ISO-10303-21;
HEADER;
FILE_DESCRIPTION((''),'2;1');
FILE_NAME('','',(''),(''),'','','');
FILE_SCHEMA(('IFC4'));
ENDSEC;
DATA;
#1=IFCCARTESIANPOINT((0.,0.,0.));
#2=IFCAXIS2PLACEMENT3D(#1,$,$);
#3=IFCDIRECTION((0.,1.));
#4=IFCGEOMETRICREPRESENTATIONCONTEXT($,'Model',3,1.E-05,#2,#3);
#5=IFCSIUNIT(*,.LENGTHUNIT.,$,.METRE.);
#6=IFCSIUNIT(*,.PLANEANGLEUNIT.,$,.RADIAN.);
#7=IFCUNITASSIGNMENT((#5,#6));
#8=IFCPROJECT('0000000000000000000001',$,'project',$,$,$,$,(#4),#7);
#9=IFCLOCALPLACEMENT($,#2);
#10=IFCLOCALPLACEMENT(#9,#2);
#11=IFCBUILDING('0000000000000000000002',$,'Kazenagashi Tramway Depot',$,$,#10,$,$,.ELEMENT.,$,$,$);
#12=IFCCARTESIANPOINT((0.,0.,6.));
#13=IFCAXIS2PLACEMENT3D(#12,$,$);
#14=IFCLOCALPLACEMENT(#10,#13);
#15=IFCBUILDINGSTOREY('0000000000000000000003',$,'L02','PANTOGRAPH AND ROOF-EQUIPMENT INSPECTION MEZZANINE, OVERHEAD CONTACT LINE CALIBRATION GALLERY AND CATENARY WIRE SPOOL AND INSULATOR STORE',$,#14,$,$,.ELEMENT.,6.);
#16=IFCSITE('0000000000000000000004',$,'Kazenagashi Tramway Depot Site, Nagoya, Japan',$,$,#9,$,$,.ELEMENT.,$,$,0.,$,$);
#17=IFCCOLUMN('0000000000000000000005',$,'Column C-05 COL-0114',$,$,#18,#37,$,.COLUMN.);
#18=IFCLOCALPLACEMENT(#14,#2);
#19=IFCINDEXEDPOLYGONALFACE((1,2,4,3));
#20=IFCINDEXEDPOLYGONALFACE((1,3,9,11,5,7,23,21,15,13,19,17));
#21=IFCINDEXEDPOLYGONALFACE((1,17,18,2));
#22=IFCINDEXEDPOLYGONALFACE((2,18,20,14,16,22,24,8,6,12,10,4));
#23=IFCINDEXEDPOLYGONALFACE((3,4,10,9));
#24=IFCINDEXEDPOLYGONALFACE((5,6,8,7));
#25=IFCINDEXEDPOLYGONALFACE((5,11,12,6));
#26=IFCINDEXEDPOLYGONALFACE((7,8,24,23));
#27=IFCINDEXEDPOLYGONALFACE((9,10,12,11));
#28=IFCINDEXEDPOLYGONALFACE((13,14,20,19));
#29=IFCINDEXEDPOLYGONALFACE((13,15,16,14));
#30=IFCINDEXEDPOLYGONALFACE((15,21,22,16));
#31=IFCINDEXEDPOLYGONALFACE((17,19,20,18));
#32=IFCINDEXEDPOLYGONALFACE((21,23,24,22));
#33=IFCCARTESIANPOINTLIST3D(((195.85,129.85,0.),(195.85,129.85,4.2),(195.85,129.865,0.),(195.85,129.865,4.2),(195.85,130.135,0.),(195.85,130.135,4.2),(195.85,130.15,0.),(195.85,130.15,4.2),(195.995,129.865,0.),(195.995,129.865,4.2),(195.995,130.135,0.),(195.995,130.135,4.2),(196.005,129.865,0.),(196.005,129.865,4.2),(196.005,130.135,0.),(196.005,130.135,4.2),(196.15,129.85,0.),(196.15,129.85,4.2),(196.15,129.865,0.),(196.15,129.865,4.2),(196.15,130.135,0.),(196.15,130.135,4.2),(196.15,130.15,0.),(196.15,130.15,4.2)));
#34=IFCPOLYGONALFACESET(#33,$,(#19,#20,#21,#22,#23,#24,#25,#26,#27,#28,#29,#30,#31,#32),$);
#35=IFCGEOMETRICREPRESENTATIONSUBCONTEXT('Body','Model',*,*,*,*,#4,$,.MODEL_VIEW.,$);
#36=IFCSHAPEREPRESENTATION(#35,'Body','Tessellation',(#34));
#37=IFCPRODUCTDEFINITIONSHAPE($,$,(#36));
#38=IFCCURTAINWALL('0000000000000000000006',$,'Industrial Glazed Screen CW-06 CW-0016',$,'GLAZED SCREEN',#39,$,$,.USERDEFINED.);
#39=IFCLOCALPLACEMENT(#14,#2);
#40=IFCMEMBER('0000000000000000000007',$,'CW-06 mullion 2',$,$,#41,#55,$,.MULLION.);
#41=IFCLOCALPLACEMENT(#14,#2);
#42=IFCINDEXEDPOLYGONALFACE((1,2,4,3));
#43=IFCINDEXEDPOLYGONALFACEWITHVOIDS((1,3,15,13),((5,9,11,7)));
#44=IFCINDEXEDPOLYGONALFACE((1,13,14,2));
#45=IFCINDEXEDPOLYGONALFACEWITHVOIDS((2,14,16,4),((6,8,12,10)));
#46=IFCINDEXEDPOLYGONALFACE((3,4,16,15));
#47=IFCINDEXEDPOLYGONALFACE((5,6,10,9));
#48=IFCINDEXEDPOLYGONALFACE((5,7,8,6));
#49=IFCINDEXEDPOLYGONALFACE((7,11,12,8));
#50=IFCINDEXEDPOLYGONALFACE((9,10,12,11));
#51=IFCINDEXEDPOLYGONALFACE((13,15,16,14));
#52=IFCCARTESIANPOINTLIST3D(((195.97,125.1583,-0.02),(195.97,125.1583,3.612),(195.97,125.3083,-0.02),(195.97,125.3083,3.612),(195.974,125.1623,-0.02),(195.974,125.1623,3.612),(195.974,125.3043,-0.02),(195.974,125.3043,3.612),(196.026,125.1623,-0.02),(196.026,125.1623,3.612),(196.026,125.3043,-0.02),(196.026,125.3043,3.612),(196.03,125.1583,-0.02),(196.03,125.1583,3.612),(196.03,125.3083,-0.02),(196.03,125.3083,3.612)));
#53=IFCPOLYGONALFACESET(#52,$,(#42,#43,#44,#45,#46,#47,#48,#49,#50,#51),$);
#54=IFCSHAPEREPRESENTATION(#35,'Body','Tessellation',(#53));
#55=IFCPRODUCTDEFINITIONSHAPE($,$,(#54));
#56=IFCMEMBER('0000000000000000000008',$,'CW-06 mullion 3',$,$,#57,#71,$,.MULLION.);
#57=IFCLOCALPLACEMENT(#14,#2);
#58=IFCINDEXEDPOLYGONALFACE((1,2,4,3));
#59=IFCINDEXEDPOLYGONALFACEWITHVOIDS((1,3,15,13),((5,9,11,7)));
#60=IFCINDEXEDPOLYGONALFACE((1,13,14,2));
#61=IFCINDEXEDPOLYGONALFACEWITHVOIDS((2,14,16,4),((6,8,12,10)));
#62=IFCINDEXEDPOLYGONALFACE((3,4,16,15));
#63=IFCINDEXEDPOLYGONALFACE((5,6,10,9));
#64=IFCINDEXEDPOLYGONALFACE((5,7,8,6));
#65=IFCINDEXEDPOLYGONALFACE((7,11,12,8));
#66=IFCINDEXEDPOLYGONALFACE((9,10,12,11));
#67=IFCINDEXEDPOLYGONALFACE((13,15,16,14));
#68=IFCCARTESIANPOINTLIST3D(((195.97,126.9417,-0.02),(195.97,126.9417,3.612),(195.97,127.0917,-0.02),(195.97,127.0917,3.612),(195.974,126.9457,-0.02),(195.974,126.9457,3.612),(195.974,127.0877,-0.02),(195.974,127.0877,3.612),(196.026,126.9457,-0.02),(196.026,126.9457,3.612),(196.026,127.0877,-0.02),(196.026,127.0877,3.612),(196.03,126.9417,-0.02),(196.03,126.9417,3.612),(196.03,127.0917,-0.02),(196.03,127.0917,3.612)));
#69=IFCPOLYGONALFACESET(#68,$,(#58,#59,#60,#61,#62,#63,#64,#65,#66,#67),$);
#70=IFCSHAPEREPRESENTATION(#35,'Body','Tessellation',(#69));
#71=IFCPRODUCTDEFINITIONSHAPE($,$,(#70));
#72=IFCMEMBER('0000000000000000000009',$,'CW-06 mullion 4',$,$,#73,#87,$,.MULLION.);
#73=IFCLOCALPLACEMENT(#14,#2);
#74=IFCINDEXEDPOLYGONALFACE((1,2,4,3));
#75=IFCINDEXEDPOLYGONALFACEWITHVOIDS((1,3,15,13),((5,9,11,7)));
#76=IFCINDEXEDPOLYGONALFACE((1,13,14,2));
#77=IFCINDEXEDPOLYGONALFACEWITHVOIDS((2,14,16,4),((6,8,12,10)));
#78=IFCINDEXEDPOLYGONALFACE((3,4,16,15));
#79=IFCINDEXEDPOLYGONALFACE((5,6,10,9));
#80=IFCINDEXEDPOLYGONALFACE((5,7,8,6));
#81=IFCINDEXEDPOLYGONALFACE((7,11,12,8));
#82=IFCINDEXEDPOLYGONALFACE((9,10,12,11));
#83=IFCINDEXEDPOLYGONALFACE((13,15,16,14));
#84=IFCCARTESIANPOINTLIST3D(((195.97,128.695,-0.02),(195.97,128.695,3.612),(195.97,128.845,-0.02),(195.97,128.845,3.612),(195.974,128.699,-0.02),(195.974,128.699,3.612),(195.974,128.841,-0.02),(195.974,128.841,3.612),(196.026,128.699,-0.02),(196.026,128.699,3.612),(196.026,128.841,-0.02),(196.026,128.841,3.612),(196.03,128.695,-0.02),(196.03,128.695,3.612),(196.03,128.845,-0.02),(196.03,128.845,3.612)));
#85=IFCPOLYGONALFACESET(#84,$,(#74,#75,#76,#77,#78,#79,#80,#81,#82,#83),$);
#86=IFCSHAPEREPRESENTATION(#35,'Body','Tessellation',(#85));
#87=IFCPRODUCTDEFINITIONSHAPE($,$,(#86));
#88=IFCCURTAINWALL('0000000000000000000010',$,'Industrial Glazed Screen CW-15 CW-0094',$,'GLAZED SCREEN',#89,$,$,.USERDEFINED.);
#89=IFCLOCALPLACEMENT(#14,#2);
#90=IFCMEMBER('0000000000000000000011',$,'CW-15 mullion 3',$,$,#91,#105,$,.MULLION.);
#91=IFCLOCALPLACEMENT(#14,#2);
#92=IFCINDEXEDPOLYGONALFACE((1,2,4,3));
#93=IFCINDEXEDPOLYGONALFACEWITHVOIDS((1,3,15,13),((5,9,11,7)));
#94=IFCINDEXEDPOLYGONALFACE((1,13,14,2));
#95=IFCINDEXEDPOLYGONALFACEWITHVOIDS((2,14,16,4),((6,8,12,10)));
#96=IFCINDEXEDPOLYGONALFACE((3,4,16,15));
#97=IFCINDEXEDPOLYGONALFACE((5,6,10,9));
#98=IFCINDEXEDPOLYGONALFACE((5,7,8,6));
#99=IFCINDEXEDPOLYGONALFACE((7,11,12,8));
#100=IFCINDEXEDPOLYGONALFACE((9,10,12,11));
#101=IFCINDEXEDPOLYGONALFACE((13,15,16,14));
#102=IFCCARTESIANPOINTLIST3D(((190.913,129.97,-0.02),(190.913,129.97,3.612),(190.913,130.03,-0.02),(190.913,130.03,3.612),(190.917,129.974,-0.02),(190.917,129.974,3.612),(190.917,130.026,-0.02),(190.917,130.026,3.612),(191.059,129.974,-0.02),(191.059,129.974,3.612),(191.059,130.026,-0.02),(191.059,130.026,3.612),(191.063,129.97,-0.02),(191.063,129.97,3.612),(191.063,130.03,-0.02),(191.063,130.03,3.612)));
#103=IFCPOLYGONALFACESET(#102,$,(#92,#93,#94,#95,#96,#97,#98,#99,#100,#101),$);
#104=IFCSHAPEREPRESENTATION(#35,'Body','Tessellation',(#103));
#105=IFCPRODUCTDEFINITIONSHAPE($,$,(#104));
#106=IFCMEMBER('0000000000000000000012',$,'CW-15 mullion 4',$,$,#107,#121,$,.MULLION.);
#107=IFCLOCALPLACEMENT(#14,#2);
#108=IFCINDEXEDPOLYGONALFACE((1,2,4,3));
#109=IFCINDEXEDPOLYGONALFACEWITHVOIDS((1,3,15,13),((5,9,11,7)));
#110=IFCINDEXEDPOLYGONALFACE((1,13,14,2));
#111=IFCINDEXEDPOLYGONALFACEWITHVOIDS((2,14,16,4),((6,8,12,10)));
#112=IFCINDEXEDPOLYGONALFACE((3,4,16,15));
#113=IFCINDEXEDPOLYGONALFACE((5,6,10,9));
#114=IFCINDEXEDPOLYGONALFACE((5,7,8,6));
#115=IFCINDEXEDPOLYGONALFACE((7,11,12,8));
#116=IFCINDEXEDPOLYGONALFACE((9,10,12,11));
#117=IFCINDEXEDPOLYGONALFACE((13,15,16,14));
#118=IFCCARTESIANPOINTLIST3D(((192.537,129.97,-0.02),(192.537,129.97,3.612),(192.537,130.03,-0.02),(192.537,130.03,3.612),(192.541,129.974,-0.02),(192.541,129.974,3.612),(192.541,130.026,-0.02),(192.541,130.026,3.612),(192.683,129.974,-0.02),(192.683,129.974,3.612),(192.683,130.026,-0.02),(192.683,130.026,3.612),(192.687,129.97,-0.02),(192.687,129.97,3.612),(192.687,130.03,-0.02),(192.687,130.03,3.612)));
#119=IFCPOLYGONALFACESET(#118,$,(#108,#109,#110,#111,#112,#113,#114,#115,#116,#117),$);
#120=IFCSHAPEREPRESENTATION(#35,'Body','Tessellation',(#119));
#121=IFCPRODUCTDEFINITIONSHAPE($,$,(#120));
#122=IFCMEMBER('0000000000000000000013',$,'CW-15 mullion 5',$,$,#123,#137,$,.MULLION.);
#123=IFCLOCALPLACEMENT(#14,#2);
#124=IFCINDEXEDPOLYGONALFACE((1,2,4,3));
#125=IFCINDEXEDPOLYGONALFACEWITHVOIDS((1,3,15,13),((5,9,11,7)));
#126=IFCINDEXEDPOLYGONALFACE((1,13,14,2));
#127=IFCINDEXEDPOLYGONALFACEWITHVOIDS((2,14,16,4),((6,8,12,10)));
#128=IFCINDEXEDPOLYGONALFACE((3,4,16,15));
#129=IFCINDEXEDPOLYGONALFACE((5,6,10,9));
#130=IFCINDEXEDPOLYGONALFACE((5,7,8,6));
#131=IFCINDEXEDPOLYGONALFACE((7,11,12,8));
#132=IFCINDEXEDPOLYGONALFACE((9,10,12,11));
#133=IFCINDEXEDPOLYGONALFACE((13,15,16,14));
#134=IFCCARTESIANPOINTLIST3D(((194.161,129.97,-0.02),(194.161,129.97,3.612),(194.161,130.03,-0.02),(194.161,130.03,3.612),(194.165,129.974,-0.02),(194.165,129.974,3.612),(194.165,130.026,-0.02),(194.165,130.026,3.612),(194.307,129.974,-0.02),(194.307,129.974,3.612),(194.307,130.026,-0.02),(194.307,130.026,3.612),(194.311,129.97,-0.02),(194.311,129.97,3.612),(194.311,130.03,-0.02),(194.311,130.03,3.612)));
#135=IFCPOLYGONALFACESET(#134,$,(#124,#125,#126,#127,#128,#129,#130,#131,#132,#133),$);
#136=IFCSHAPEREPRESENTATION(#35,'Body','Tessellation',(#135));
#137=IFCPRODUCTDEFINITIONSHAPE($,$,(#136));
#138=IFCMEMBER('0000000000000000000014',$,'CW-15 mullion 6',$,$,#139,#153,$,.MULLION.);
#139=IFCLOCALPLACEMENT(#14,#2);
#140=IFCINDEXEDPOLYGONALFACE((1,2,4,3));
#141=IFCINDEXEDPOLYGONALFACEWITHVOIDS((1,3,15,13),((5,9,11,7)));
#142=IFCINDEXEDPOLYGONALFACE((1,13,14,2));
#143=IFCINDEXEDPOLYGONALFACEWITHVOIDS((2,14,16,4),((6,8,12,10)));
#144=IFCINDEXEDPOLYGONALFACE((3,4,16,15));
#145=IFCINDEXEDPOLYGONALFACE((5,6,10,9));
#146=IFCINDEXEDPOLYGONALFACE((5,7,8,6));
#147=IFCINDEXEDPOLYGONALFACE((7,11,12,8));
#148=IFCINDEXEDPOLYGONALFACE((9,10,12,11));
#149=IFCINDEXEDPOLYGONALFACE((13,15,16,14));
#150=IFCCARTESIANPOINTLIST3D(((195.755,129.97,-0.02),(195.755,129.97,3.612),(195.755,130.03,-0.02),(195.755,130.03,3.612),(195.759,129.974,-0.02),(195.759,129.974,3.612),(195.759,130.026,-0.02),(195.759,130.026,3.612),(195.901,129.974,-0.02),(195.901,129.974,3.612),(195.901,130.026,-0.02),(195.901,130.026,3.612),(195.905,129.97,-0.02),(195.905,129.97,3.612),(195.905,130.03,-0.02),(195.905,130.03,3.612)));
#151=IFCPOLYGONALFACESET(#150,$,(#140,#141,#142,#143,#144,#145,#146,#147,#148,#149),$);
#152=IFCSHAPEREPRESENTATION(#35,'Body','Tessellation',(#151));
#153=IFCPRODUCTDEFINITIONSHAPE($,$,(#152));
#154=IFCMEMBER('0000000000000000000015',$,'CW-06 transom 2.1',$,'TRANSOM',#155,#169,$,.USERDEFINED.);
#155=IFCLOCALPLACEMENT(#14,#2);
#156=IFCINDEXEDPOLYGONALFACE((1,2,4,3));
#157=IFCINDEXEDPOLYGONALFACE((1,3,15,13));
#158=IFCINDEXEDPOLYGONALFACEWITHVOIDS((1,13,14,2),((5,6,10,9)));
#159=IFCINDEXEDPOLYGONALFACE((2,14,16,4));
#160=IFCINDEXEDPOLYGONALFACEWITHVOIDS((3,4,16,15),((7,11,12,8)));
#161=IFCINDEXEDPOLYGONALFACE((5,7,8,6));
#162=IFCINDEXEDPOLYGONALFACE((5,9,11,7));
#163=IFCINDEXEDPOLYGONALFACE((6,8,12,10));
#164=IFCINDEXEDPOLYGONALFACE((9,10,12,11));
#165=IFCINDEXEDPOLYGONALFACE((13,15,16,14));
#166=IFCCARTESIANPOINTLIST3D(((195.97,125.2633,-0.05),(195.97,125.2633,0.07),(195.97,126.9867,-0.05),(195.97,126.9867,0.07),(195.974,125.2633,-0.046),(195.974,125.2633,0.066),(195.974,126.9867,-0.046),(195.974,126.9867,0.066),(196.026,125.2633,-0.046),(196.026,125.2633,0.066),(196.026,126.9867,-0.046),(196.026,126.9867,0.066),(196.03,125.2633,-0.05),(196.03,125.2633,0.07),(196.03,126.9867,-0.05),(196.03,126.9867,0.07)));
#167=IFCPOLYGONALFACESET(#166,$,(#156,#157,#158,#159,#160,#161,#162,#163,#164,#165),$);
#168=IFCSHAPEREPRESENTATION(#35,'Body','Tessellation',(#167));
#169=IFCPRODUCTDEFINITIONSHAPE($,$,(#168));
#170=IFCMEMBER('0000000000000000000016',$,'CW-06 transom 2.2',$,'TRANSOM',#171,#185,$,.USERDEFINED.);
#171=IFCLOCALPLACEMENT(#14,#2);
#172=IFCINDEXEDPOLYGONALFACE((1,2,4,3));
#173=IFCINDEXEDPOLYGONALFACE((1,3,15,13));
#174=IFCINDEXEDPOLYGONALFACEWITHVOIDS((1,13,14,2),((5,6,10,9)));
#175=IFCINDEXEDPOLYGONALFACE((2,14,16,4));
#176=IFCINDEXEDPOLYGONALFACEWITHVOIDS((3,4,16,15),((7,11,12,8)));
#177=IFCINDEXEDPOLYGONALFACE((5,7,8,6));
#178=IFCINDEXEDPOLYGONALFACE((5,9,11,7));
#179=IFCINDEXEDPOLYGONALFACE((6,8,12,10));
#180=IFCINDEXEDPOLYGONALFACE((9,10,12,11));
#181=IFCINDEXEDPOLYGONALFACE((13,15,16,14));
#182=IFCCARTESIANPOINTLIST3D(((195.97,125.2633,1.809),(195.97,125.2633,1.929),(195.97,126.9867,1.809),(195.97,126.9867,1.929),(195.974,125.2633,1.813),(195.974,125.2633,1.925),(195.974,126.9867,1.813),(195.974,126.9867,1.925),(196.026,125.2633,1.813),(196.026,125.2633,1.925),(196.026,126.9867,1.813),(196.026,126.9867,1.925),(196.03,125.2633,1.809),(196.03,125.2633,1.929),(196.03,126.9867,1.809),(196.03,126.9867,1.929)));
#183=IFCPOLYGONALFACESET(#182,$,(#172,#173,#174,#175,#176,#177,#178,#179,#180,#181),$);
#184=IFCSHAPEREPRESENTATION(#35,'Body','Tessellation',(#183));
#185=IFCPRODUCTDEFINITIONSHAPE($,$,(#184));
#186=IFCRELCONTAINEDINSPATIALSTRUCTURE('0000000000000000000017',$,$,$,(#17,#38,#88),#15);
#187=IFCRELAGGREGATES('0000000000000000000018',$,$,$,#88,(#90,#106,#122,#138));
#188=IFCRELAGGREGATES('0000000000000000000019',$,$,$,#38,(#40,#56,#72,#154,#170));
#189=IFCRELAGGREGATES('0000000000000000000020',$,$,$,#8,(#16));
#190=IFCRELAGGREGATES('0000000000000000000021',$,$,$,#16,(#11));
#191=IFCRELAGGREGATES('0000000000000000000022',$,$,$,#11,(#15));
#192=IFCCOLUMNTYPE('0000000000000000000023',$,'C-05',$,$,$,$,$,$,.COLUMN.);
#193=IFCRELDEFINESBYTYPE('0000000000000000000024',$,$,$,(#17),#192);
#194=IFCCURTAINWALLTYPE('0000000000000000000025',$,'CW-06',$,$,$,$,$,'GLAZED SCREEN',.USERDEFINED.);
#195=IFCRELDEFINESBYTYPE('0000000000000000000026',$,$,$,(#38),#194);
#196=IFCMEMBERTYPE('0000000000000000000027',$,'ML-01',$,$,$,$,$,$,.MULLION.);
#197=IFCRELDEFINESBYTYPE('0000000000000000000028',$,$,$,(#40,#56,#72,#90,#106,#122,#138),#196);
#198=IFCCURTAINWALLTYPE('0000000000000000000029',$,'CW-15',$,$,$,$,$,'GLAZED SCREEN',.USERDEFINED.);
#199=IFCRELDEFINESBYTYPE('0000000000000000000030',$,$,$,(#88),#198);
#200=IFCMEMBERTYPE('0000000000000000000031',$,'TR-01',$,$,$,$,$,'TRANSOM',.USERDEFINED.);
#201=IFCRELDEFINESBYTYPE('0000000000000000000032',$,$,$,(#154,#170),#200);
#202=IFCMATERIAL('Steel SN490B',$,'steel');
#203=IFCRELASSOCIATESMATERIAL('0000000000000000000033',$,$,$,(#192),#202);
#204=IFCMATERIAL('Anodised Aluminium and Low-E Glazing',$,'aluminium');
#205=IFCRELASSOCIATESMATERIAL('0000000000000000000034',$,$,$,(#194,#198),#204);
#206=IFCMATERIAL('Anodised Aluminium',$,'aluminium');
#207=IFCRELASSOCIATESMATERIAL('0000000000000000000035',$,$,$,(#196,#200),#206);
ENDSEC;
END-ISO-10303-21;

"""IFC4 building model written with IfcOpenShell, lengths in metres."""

from ifc_helpers import new_model, si_unit, direction, frame, origin, origin_2d, place, context, subcontext, project, spatial, hollow_rectangle, i_section, extrude, material, material_profile, profile_set, type_object, element, aggregate, save


model = new_model("IFC4")

# Units and contexts
model_context = context("Model", 3, precision=1e-05, world=origin(), true_north=direction((0.0, 1.0)))
body_context = subcontext(model_context, "Body", "Model", "MODEL_VIEW")
ifc_project = project(units=[si_unit("LENGTHUNIT", "METRE"), si_unit("PLANEANGLEUNIT", "RADIAN")], contexts=[model_context])

# Site, building, storey
site_placement = place(None, origin())
site = spatial("IfcSite", under=ifc_project, at=site_placement, Name="Kazenagashi Tramway Depot Site, Nagoya, Japan", CompositionType="ELEMENT", RefElevation=0.0)
building_placement = place(site_placement, origin())
building = spatial("IfcBuilding", under=site, at=building_placement, Name="Kazenagashi Tramway Depot", CompositionType="ELEMENT")
storey_placement = place(building_placement, frame((0.0, 0.0, 6.0)))
storey = spatial("IfcBuildingStorey", under=building, at=storey_placement, Name="L02", Description="PANTOGRAPH AND ROOF-EQUIPMENT INSPECTION MEZZANINE, OVERHEAD CONTACT LINE CALIBRATION GALLERY AND CATENARY WIRE SPOOL AND INSULATOR STORE", CompositionType="ELEMENT", Elevation=6.0)

# Column
ifc_material_1 = material(Name="Steel SN490B", Category="steel")
ifc_material_profile_1 = material_profile(ifc_material_1, i_section(OverallWidth=0.3, OverallDepth=0.3, WebThickness=0.01, FlangeThickness=0.015, at=origin_2d()), Name="H-300x300x10x15")
ifc_profile_set_1 = profile_set([ifc_material_profile_1], Name="Steel SN490B")
column_type = type_object("IfcColumnType", Name="C-05", PredefinedType="COLUMN", material=ifc_profile_set_1)
column_placement = place(storey_placement, frame((196.0, 130.0, 0.0), z_axis=(0.0, 0.0, 1.0), x_axis=(1.0, 0.0, 0.0)))
element("IfcColumn", 1, at=column_placement, inside=storey, type_object=column_type, Name="Column C-05 COL-0114", PredefinedType="COLUMN", context=body_context, shape_type="SweptSolid", body=[
    extrude(i_section(OverallWidth=0.3, OverallDepth=0.3, WebThickness=0.01, FlangeThickness=0.015, at=origin_2d()), origin(), (0.0, 0.0, 1.0), 4.2),
])

# Curtain walls, members
ifc_material_2 = material(Name="Anodised Aluminium and Low-E Glazing", Category="aluminium")
curtain_wall_type_1 = type_object("IfcCurtainWallType", Name="CW-06", ElementType="GLAZED SCREEN", PredefinedType="USERDEFINED", material=ifc_material_2)
curtain_wall_1_placement = place(storey_placement, origin())
curtain_wall_1 = element("IfcCurtainWall", 2, at=curtain_wall_1_placement, inside=storey, type_object=curtain_wall_type_1, Name="Industrial Glazed Screen CW-06 CW-0016", ObjectType="GLAZED SCREEN", PredefinedType="USERDEFINED")
ifc_material_3 = material(Name="Anodised Aluminium", Category="aluminium")
ifc_material_profile_2 = material_profile(ifc_material_3, hollow_rectangle(XDim=0.06, YDim=0.15, WallThickness=0.004, at=origin_2d()), Name="RHS-150x60x4")
ifc_profile_set_2 = profile_set([ifc_material_profile_2], Name="Anodised Aluminium")
member_type_1 = type_object("IfcMemberType", Name="ML-01", PredefinedType="MULLION", material=ifc_profile_set_2)
member_1_placement = place(storey_placement, frame((196.0, 125.2333, -0.02), z_axis=(0.0, 0.0, 1.0), x_axis=(-1.0, 0.0, 0.0)))
member_1 = element("IfcMember", 3, at=member_1_placement, type_object=member_type_1, Name="CW-06 mullion 2", PredefinedType="MULLION", context=body_context, shape_type="SweptSolid", body=[
    extrude(hollow_rectangle(XDim=0.06, YDim=0.15, WallThickness=0.004, at=origin_2d()), origin(), (0.0, 0.0, 1.0), 3.632),
])
member_2_placement = place(storey_placement, frame((196.0, 127.0167, -0.02), z_axis=(0.0, 0.0, 1.0), x_axis=(-1.0, 0.0, 0.0)))
member_2 = element("IfcMember", 4, at=member_2_placement, type_object=member_type_1, Name="CW-06 mullion 3", PredefinedType="MULLION", context=body_context, shape_type="SweptSolid", body=[
    extrude(hollow_rectangle(XDim=0.06, YDim=0.15, WallThickness=0.004, at=origin_2d()), origin(), (0.0, 0.0, 1.0), 3.632),
])
member_3_placement = place(storey_placement, frame((196.0, 128.77, -0.02), z_axis=(0.0, 0.0, 1.0), x_axis=(-1.0, 0.0, 0.0)))
member_3 = element("IfcMember", 5, at=member_3_placement, type_object=member_type_1, Name="CW-06 mullion 4", PredefinedType="MULLION", context=body_context, shape_type="SweptSolid", body=[
    extrude(hollow_rectangle(XDim=0.06, YDim=0.15, WallThickness=0.004, at=origin_2d()), origin(), (0.0, 0.0, 1.0), 3.632),
])
curtain_wall_type_2 = type_object("IfcCurtainWallType", Name="CW-15", ElementType="GLAZED SCREEN", PredefinedType="USERDEFINED", material=ifc_material_2)
curtain_wall_2_placement = place(storey_placement, origin())
curtain_wall_2 = element("IfcCurtainWall", 6, at=curtain_wall_2_placement, inside=storey, type_object=curtain_wall_type_2, Name="Industrial Glazed Screen CW-15 CW-0094", ObjectType="GLAZED SCREEN", PredefinedType="USERDEFINED")
member_4_placement = place(storey_placement, frame((190.988, 130.0, -0.02), z_axis=(0.0, 0.0, 1.0), x_axis=(0.0, 1.0, 0.0)))
member_4 = element("IfcMember", 7, at=member_4_placement, type_object=member_type_1, Name="CW-15 mullion 3", PredefinedType="MULLION", context=body_context, shape_type="SweptSolid", body=[
    extrude(hollow_rectangle(XDim=0.06, YDim=0.15, WallThickness=0.004, at=origin_2d()), origin(), (0.0, 0.0, 1.0), 3.632),
])
member_5_placement = place(storey_placement, frame((192.612, 130.0, -0.02), z_axis=(0.0, 0.0, 1.0), x_axis=(0.0, 1.0, 0.0)))
member_5 = element("IfcMember", 8, at=member_5_placement, type_object=member_type_1, Name="CW-15 mullion 4", PredefinedType="MULLION", context=body_context, shape_type="SweptSolid", body=[
    extrude(hollow_rectangle(XDim=0.06, YDim=0.15, WallThickness=0.004, at=origin_2d()), origin(), (0.0, 0.0, 1.0), 3.632),
])
member_6_placement = place(storey_placement, frame((194.236, 130.0, -0.02), z_axis=(0.0, 0.0, 1.0), x_axis=(0.0, 1.0, 0.0)))
member_6 = element("IfcMember", 9, at=member_6_placement, type_object=member_type_1, Name="CW-15 mullion 5", PredefinedType="MULLION", context=body_context, shape_type="SweptSolid", body=[
    extrude(hollow_rectangle(XDim=0.06, YDim=0.15, WallThickness=0.004, at=origin_2d()), origin(), (0.0, 0.0, 1.0), 3.632),
])
member_7_placement = place(storey_placement, frame((195.83, 130.0, -0.02), z_axis=(0.0, 0.0, 1.0), x_axis=(0.0, 1.0, 0.0)))
member_7 = element("IfcMember", 10, at=member_7_placement, type_object=member_type_1, Name="CW-15 mullion 6", PredefinedType="MULLION", context=body_context, shape_type="SweptSolid", body=[
    extrude(hollow_rectangle(XDim=0.06, YDim=0.15, WallThickness=0.004, at=origin_2d()), origin(), (0.0, 0.0, 1.0), 3.632),
])

# Members
ifc_material_profile_3 = material_profile(ifc_material_3, hollow_rectangle(XDim=0.06, YDim=0.12, WallThickness=0.004, at=origin_2d()), Name="RHS-120x60x4")
ifc_profile_set_3 = profile_set([ifc_material_profile_3], Name="Anodised Aluminium")
member_type_2 = type_object("IfcMemberType", Name="TR-01", ElementType="TRANSOM", PredefinedType="USERDEFINED", material=ifc_profile_set_3)
member_8_placement = place(storey_placement, frame((196.0, 125.2633, 0.01), z_axis=(0.0, 1.0, 0.0), x_axis=(-1.0, 0.0, 0.0)))
member_8 = element("IfcMember", 11, at=member_8_placement, type_object=member_type_2, Name="CW-06 transom 2.1", ObjectType="TRANSOM", PredefinedType="USERDEFINED", context=body_context, shape_type="SweptSolid", body=[
    extrude(hollow_rectangle(XDim=0.06, YDim=0.12, WallThickness=0.004, at=origin_2d()), origin(), (0.0, 0.0, 1.0), 1.7233),
])
member_9_placement = place(storey_placement, frame((196.0, 125.2633, 1.869), z_axis=(0.0, 1.0, 0.0), x_axis=(-1.0, 0.0, 0.0)))
member_9 = element("IfcMember", 12, at=member_9_placement, type_object=member_type_2, Name="CW-06 transom 2.2", ObjectType="TRANSOM", PredefinedType="USERDEFINED", context=body_context, shape_type="SweptSolid", body=[
    extrude(hollow_rectangle(XDim=0.06, YDim=0.12, WallThickness=0.004, at=origin_2d()), origin(), (0.0, 0.0, 1.0), 1.7233),
])

aggregate(curtain_wall_2, [member_4, member_5, member_6, member_7])
aggregate(curtain_wall_1, [member_1, member_2, member_3, member_8, member_9])

save(model, "model.ifc")
